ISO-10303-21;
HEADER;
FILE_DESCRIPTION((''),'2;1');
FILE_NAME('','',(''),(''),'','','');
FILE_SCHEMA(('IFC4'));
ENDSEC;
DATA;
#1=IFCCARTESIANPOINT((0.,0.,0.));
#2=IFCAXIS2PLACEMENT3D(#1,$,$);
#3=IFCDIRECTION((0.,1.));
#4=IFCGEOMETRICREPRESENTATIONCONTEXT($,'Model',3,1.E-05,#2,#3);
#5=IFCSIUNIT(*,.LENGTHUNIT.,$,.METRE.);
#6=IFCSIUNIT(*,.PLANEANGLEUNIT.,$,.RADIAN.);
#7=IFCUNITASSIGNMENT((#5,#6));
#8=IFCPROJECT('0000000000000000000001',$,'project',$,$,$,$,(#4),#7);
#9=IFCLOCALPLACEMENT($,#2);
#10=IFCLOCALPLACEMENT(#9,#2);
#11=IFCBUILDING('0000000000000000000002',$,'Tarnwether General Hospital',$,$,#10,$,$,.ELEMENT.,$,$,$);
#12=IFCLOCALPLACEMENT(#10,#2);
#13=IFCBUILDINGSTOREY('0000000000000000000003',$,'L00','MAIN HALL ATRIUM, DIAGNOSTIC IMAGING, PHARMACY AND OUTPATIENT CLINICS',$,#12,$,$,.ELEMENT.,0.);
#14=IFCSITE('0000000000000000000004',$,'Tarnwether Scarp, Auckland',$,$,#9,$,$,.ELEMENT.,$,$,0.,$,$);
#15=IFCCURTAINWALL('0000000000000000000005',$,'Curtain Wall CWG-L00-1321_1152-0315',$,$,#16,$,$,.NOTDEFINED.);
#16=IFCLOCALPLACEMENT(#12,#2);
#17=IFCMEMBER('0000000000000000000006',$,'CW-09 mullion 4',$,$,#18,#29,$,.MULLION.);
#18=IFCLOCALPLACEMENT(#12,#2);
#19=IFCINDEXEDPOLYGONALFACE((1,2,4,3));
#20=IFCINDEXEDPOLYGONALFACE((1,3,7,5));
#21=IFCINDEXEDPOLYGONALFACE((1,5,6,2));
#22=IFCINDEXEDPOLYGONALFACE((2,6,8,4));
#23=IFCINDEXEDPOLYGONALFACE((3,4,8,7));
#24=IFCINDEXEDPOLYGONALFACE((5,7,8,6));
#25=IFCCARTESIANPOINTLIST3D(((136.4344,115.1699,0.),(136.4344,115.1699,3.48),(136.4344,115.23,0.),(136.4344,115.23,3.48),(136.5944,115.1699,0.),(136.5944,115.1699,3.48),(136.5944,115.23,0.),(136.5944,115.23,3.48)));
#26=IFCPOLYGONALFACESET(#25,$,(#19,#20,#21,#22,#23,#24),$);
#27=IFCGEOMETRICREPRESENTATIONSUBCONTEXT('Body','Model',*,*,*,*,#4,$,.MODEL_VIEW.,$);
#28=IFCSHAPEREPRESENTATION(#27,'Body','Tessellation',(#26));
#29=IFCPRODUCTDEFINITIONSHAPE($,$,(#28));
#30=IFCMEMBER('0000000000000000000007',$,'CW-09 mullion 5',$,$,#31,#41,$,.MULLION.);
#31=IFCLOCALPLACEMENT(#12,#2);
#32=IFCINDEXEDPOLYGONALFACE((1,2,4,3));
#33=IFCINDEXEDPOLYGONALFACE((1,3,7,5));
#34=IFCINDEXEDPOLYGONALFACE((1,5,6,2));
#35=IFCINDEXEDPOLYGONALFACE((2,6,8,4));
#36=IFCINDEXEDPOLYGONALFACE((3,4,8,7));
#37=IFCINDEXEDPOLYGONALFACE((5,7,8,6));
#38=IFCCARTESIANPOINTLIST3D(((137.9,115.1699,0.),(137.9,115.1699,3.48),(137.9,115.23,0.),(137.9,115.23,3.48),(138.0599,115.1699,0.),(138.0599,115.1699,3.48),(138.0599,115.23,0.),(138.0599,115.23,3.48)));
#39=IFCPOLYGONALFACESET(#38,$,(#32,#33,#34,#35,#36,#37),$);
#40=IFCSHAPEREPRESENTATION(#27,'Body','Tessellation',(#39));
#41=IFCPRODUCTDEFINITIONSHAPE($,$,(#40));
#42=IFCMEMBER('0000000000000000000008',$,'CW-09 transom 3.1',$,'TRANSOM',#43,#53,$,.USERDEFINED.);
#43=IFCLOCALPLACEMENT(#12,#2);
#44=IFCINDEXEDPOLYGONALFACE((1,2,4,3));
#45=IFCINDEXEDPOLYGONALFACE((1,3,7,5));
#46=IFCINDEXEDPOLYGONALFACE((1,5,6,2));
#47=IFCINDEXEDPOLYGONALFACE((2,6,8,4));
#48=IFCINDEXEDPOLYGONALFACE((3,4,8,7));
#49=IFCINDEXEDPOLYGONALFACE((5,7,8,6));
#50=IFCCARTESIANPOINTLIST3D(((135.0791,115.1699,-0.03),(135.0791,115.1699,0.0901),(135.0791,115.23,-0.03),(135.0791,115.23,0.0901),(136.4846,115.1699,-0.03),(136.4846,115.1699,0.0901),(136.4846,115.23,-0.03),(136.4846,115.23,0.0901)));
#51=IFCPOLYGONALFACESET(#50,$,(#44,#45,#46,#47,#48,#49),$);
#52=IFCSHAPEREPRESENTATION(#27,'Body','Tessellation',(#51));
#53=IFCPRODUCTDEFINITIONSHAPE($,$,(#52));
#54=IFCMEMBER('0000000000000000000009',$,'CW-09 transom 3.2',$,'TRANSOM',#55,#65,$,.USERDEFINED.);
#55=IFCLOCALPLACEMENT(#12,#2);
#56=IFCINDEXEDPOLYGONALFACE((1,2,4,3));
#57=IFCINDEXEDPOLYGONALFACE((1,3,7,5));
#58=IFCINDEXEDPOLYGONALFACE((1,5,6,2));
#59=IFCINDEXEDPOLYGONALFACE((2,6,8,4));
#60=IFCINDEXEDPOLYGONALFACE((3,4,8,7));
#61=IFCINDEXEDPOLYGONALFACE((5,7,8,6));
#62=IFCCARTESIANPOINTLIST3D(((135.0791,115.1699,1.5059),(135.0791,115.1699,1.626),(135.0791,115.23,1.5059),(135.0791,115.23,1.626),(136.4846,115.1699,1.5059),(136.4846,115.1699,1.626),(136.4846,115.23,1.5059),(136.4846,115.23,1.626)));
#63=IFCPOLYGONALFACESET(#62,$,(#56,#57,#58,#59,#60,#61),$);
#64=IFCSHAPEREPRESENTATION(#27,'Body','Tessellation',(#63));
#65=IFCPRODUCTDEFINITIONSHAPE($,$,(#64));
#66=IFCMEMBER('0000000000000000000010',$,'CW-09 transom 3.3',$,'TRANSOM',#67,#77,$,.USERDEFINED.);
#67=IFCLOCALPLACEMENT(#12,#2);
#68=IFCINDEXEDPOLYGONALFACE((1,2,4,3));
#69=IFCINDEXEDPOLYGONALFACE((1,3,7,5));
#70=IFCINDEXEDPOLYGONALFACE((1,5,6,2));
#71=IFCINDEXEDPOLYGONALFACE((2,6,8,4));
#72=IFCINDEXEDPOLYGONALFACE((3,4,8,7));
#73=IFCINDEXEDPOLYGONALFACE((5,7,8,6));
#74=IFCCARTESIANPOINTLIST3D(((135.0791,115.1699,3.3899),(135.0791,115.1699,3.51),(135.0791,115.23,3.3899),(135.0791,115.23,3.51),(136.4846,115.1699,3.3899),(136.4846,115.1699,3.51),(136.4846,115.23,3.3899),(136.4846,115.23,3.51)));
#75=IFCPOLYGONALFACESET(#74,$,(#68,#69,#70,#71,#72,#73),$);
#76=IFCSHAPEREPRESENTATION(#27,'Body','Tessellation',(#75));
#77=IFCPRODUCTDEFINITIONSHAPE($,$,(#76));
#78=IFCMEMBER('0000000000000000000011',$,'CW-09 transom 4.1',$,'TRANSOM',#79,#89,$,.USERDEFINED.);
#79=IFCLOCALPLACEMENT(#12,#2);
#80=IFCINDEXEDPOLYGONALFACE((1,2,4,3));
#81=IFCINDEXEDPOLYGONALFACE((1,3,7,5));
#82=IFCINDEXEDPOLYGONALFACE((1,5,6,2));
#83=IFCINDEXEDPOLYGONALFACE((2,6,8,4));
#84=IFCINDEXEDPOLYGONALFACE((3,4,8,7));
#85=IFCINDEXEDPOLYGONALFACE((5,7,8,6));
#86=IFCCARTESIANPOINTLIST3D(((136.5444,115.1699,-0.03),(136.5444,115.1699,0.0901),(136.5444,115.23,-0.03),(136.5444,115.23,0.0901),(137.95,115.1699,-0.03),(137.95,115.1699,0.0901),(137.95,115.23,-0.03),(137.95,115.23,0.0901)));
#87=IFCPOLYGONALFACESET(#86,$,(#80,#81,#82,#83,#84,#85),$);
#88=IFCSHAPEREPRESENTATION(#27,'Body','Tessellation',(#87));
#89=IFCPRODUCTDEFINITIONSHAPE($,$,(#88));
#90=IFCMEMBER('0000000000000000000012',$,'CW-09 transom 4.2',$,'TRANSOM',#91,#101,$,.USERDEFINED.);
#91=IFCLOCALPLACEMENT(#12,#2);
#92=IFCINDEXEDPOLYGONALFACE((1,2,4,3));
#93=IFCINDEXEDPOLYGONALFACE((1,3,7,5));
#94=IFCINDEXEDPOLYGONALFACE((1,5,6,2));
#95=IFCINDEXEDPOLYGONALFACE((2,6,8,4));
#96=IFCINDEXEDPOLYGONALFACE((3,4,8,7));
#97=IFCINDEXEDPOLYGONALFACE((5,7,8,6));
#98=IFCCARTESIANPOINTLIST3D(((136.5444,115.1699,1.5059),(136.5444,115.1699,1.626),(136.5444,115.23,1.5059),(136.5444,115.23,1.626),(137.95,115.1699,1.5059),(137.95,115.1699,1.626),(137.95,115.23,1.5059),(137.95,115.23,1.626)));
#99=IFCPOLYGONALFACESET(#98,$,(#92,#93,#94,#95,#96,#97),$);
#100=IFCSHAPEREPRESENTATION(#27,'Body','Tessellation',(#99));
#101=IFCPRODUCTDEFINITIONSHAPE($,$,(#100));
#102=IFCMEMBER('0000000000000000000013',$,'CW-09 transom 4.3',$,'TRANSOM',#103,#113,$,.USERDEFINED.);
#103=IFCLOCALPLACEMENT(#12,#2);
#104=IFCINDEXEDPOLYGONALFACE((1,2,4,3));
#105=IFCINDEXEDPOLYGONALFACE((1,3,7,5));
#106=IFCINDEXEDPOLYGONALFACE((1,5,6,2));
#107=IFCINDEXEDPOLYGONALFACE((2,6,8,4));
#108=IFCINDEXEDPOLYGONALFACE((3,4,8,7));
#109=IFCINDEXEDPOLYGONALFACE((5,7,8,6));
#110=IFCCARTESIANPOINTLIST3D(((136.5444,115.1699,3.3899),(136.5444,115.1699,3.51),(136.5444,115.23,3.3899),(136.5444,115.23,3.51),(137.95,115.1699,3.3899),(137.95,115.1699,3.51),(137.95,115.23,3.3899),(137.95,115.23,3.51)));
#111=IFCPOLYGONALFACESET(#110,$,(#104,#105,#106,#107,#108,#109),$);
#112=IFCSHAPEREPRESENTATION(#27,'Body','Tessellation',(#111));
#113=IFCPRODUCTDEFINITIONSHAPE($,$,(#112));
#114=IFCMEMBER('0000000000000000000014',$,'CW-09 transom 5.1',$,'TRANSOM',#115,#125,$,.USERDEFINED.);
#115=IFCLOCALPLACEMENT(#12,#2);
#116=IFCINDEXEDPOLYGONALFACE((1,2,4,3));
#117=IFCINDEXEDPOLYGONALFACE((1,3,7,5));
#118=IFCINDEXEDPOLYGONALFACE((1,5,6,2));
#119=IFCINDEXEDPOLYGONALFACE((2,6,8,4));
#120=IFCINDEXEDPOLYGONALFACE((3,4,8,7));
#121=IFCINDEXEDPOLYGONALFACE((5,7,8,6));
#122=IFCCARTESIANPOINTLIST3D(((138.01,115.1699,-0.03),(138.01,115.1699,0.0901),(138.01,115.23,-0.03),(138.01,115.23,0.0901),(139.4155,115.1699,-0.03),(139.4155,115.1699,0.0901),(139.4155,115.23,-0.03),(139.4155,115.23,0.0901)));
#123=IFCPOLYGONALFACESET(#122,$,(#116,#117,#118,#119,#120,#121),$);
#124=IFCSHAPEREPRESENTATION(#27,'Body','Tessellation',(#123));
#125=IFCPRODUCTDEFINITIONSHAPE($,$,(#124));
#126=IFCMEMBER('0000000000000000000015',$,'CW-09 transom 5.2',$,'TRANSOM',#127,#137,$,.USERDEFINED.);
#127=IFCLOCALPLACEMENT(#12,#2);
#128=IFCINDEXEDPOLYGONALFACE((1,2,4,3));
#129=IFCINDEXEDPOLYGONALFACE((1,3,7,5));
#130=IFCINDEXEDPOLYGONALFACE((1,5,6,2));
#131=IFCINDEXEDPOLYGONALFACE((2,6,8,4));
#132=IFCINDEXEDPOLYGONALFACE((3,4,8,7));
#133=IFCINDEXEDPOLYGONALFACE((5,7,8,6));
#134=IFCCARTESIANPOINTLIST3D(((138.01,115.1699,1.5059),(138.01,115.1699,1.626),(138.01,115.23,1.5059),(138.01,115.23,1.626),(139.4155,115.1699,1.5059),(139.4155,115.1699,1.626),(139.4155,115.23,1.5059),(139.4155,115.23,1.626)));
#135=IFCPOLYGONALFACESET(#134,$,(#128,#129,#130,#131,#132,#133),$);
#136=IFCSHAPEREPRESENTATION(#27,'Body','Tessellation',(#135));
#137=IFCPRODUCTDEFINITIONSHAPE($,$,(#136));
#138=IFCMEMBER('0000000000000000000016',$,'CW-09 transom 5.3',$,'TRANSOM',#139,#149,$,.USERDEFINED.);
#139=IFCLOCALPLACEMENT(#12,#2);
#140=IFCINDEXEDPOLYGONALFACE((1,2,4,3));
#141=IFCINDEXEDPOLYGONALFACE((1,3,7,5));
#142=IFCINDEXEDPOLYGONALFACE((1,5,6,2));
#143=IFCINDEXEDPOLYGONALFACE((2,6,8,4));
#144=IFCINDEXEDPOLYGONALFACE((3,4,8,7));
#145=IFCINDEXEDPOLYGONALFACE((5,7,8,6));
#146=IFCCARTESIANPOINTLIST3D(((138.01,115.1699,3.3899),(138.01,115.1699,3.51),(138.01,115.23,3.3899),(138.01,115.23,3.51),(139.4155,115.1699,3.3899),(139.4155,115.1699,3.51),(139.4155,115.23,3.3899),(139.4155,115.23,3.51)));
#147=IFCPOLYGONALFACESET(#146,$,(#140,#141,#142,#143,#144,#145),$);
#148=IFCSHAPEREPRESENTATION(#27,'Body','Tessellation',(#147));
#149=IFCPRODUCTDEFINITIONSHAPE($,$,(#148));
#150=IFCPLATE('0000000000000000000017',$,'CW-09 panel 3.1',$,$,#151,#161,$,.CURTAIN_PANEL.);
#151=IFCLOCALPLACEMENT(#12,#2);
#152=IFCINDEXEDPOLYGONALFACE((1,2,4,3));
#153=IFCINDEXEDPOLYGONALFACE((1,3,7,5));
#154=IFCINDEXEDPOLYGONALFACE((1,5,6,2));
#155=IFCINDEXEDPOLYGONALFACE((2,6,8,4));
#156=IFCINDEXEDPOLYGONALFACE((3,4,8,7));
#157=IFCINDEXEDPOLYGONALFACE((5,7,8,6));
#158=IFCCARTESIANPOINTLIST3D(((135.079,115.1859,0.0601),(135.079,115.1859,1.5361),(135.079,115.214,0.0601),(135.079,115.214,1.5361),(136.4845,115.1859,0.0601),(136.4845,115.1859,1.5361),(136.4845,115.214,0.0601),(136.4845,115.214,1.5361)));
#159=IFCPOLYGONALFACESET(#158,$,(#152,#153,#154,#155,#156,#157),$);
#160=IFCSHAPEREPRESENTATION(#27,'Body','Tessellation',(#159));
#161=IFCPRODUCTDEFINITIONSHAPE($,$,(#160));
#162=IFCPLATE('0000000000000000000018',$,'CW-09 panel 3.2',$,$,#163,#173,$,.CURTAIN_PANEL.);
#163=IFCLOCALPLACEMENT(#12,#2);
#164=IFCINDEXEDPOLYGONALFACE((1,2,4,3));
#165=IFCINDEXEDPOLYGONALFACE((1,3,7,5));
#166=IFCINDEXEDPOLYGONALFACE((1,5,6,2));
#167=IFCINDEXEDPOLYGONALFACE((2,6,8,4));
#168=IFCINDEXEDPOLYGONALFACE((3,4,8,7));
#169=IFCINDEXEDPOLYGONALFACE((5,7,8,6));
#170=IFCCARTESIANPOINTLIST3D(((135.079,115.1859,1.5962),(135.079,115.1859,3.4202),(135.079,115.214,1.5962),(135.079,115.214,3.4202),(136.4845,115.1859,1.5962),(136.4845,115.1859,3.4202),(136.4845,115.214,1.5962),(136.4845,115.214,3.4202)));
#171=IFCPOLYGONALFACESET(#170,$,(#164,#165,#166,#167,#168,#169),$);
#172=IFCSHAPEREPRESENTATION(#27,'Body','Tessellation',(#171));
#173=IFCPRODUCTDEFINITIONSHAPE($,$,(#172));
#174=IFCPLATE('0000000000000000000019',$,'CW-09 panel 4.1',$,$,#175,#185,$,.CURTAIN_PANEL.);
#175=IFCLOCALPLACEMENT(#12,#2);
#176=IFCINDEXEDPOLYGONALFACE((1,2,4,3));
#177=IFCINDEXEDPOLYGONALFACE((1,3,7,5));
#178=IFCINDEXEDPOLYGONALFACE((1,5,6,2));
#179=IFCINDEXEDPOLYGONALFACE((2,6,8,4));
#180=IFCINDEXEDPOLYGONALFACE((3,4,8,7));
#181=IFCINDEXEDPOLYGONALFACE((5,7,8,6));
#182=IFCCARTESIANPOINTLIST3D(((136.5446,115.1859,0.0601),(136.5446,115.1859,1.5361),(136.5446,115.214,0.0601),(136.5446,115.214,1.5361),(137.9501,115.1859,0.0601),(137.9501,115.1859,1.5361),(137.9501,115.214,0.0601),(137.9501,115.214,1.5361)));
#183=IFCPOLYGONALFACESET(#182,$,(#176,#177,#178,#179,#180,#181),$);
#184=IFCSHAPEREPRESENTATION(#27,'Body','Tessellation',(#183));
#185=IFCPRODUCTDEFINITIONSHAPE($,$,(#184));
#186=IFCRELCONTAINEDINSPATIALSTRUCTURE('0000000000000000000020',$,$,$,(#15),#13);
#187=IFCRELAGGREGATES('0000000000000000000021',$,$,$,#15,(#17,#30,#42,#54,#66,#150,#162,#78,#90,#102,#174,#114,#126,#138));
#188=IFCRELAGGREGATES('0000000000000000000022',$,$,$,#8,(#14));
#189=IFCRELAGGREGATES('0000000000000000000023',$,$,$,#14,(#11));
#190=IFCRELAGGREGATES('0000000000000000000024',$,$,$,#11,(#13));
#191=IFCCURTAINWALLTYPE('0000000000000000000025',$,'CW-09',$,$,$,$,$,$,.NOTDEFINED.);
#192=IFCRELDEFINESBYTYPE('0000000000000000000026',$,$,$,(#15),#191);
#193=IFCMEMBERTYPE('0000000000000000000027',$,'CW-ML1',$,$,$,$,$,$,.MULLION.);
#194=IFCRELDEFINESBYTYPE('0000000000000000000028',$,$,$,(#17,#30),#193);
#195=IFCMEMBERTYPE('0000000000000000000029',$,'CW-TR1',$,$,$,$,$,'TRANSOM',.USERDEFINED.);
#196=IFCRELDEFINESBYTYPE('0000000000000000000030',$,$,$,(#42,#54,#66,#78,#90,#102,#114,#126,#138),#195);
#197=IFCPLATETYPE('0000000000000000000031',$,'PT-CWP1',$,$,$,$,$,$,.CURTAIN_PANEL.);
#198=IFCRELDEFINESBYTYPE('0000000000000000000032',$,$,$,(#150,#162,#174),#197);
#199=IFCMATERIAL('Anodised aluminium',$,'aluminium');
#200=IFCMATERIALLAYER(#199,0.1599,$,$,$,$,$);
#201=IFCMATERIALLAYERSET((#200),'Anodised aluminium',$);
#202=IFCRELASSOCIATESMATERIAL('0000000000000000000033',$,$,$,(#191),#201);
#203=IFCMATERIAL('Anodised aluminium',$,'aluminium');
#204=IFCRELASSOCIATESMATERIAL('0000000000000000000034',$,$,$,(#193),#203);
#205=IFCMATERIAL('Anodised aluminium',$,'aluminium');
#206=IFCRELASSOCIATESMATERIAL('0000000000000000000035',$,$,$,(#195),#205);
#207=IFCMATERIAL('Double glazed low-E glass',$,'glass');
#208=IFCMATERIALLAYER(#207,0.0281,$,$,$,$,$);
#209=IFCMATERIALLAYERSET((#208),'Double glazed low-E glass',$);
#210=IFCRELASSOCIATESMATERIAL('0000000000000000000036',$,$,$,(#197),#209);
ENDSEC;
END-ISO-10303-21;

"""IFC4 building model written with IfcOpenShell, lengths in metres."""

from ifc_helpers import new_model, si_unit, direction, frame, origin, origin_2d, place, context, subcontext, project, spatial, rectangle, extrude, material, layer, layer_set, material_profile, profile_set, type_object, element, aggregate, save


model = new_model("IFC4")

# Units and contexts
model_context = context("Model", 3, precision=1e-05, world=origin(), true_north=direction((0.0, 1.0)))
body_context = subcontext(model_context, "Body", "Model", "MODEL_VIEW")
ifc_project = project(units=[si_unit("LENGTHUNIT", "METRE"), si_unit("PLANEANGLEUNIT", "RADIAN")], contexts=[model_context])

# Site, building, storey
site_placement = place(None, origin())
site = spatial("IfcSite", under=ifc_project, at=site_placement, Name="Tarnwether Scarp, Auckland", CompositionType="ELEMENT", RefElevation=0.0)
building_placement = place(site_placement, origin())
building = spatial("IfcBuilding", under=site, at=building_placement, Name="Tarnwether General Hospital", CompositionType="ELEMENT")
storey_placement = place(building_placement, origin())
storey = spatial("IfcBuildingStorey", under=building, at=storey_placement, Name="L00", Description="MAIN HALL ATRIUM, DIAGNOSTIC IMAGING, PHARMACY AND OUTPATIENT CLINICS", CompositionType="ELEMENT", Elevation=0.0)

# Curtain wall, members, plates
ifc_material_1 = material(Name="Anodised aluminium", Category="aluminium")
ifc_layer_1 = layer(ifc_material_1, 0.1599)
ifc_layer_set_1 = layer_set([ifc_layer_1], Name="Anodised aluminium")
curtain_wall_type = type_object("IfcCurtainWallType", Name="CW-09", PredefinedType="NOTDEFINED", material=ifc_layer_set_1)
curtain_wall_placement = place(storey_placement, origin())
curtain_wall = element("IfcCurtainWall", 1, at=curtain_wall_placement, inside=storey, type_object=curtain_wall_type, Name="Curtain Wall CWG-L00-1321_1152-0315", PredefinedType="NOTDEFINED")
ifc_material_2 = material(Name="Anodised aluminium", Category="aluminium")
ifc_material_profile_1 = material_profile(ifc_material_2, rectangle(XDim=0.0601, YDim=0.1599, at=origin_2d()), Name="ALU-MUL-60x160")
ifc_profile_set_1 = profile_set([ifc_material_profile_1], Name="Anodised aluminium")
member_type_1 = type_object("IfcMemberType", Name="CW-ML1", PredefinedType="MULLION", material=ifc_profile_set_1)
member_1_placement = place(storey_placement, frame((136.5144, 115.2, 0.0), z_axis=(0.0, 0.0, 1.0), x_axis=(0.0, 1.0, 0.0)))
member_1 = element("IfcMember", 2, at=member_1_placement, type_object=member_type_1, Name="CW-09 mullion 4", PredefinedType="MULLION", context=body_context, shape_type="SweptSolid", body=[
    extrude(rectangle(XDim=0.0601, YDim=0.1599, at=origin_2d()), origin(), (0.0, 0.0, 1.0), 3.48),
])
member_2_placement = place(storey_placement, frame((137.98, 115.2, 0.0), z_axis=(0.0, 0.0, 1.0), x_axis=(0.0, 1.0, 0.0)))
member_2 = element("IfcMember", 3, at=member_2_placement, type_object=member_type_1, Name="CW-09 mullion 5", PredefinedType="MULLION", context=body_context, shape_type="SweptSolid", body=[
    extrude(rectangle(XDim=0.0601, YDim=0.1599, at=origin_2d()), origin(), (0.0, 0.0, 1.0), 3.48),
])
ifc_material_3 = material(Name="Anodised aluminium", Category="aluminium")
ifc_material_profile_2 = material_profile(ifc_material_3, rectangle(XDim=0.0601, YDim=0.1201, at=origin_2d()), Name="ALU-TRN-60x120")
ifc_profile_set_2 = profile_set([ifc_material_profile_2], Name="Anodised aluminium")
member_type_2 = type_object("IfcMemberType", Name="CW-TR1", ElementType="TRANSOM", PredefinedType="USERDEFINED", material=ifc_profile_set_2)
member_3_placement = place(storey_placement, frame((135.0791, 115.2, 0.03), z_axis=(1.0, 0.0, 0.0), x_axis=(0.0, 1.0, 0.0)))
member_3 = element("IfcMember", 4, at=member_3_placement, type_object=member_type_2, Name="CW-09 transom 3.1", ObjectType="TRANSOM", PredefinedType="USERDEFINED", context=body_context, shape_type="SweptSolid", body=[
    extrude(rectangle(XDim=0.0601, YDim=0.1201, at=origin_2d()), origin(), (0.0, 0.0, 1.0), 1.4055),
])
member_4_placement = place(storey_placement, frame((135.0791, 115.2, 1.5659), z_axis=(1.0, 0.0, 0.0), x_axis=(0.0, 1.0, 0.0)))
member_4 = element("IfcMember", 5, at=member_4_placement, type_object=member_type_2, Name="CW-09 transom 3.2", ObjectType="TRANSOM", PredefinedType="USERDEFINED", context=body_context, shape_type="SweptSolid", body=[
    extrude(rectangle(XDim=0.0601, YDim=0.1201, at=origin_2d()), origin(), (0.0, 0.0, 1.0), 1.4055),
])
member_5_placement = place(storey_placement, frame((135.0791, 115.2, 3.45), z_axis=(1.0, 0.0, 0.0), x_axis=(0.0, 1.0, 0.0)))
member_5 = element("IfcMember", 6, at=member_5_placement, type_object=member_type_2, Name="CW-09 transom 3.3", ObjectType="TRANSOM", PredefinedType="USERDEFINED", context=body_context, shape_type="SweptSolid", body=[
    extrude(rectangle(XDim=0.0601, YDim=0.1201, at=origin_2d()), origin(), (0.0, 0.0, 1.0), 1.4055),
])
member_6_placement = place(storey_placement, frame((136.5444, 115.2, 0.03), z_axis=(1.0, 0.0, 0.0), x_axis=(0.0, 1.0, 0.0)))
member_6 = element("IfcMember", 7, at=member_6_placement, type_object=member_type_2, Name="CW-09 transom 4.1", ObjectType="TRANSOM", PredefinedType="USERDEFINED", context=body_context, shape_type="SweptSolid", body=[
    extrude(rectangle(XDim=0.0601, YDim=0.1201, at=origin_2d()), origin(), (0.0, 0.0, 1.0), 1.4055),
])
member_7_placement = place(storey_placement, frame((136.5444, 115.2, 1.5659), z_axis=(1.0, 0.0, 0.0), x_axis=(0.0, 1.0, 0.0)))
member_7 = element("IfcMember", 8, at=member_7_placement, type_object=member_type_2, Name="CW-09 transom 4.2", ObjectType="TRANSOM", PredefinedType="USERDEFINED", context=body_context, shape_type="SweptSolid", body=[
    extrude(rectangle(XDim=0.0601, YDim=0.1201, at=origin_2d()), origin(), (0.0, 0.0, 1.0), 1.4055),
])
member_8_placement = place(storey_placement, frame((136.5444, 115.2, 3.45), z_axis=(1.0, 0.0, 0.0), x_axis=(0.0, 1.0, 0.0)))
member_8 = element("IfcMember", 9, at=member_8_placement, type_object=member_type_2, Name="CW-09 transom 4.3", ObjectType="TRANSOM", PredefinedType="USERDEFINED", context=body_context, shape_type="SweptSolid", body=[
    extrude(rectangle(XDim=0.0601, YDim=0.1201, at=origin_2d()), origin(), (0.0, 0.0, 1.0), 1.4055),
])
member_9_placement = place(storey_placement, frame((138.01, 115.2, 0.03), z_axis=(1.0, 0.0, 0.0), x_axis=(0.0, 1.0, 0.0)))
member_9 = element("IfcMember", 10, at=member_9_placement, type_object=member_type_2, Name="CW-09 transom 5.1", ObjectType="TRANSOM", PredefinedType="USERDEFINED", context=body_context, shape_type="SweptSolid", body=[
    extrude(rectangle(XDim=0.0601, YDim=0.1201, at=origin_2d()), origin(), (0.0, 0.0, 1.0), 1.4055),
])
member_10_placement = place(storey_placement, frame((138.01, 115.2, 1.5659), z_axis=(1.0, 0.0, 0.0), x_axis=(0.0, 1.0, 0.0)))
member_10 = element("IfcMember", 11, at=member_10_placement, type_object=member_type_2, Name="CW-09 transom 5.2", ObjectType="TRANSOM", PredefinedType="USERDEFINED", context=body_context, shape_type="SweptSolid", body=[
    extrude(rectangle(XDim=0.0601, YDim=0.1201, at=origin_2d()), origin(), (0.0, 0.0, 1.0), 1.4055),
])
member_11_placement = place(storey_placement, frame((138.01, 115.2, 3.45), z_axis=(1.0, 0.0, 0.0), x_axis=(0.0, 1.0, 0.0)))
member_11 = element("IfcMember", 12, at=member_11_placement, type_object=member_type_2, Name="CW-09 transom 5.3", ObjectType="TRANSOM", PredefinedType="USERDEFINED", context=body_context, shape_type="SweptSolid", body=[
    extrude(rectangle(XDim=0.0601, YDim=0.1201, at=origin_2d()), origin(), (0.0, 0.0, 1.0), 1.4055),
])
ifc_material_4 = material(Name="Double glazed low-E glass", Category="glass")
ifc_layer_2 = layer(ifc_material_4, 0.0281)
ifc_layer_set_2 = layer_set([ifc_layer_2], Name="Double glazed low-E glass")
plate_type_1 = type_object("IfcPlateType", Name="PT-CWP1", PredefinedType="CURTAIN_PANEL", material=ifc_layer_set_2)
plate_1_placement = place(storey_placement, frame((135.7817, 115.2, 0.0601), z_axis=(0.0, 0.0, 1.0), x_axis=(1.0, 0.0, 0.0)))
plate_1 = element("IfcPlate", 13, at=plate_1_placement, type_object=plate_type_1, Name="CW-09 panel 3.1", PredefinedType="CURTAIN_PANEL", context=body_context, shape_type="SweptSolid", body=[
    extrude(rectangle(XDim=1.4055, YDim=0.0281, at=origin_2d()), origin(), (0.0, 0.0, 1.0), 1.4761),
])
plate_2_placement = place(storey_placement, frame((135.7817, 115.2, 1.5962), z_axis=(0.0, 0.0, 1.0), x_axis=(1.0, 0.0, 0.0)))
plate_2 = element("IfcPlate", 14, at=plate_2_placement, type_object=plate_type_1, Name="CW-09 panel 3.2", PredefinedType="CURTAIN_PANEL", context=body_context, shape_type="SweptSolid", body=[
    extrude(rectangle(XDim=1.4055, YDim=0.0281, at=origin_2d()), origin(), (0.0, 0.0, 1.0), 1.824),
])
plate_3_placement = place(storey_placement, frame((137.2473, 115.2, 0.0601), z_axis=(0.0, 0.0, 1.0), x_axis=(1.0, 0.0, 0.0)))
plate_3 = element("IfcPlate", 15, at=plate_3_placement, type_object=plate_type_1, Name="CW-09 panel 4.1", PredefinedType="CURTAIN_PANEL", context=body_context, shape_type="SweptSolid", body=[
    extrude(rectangle(XDim=1.4055, YDim=0.0281, at=origin_2d()), origin(), (0.0, 0.0, 1.0), 1.4761),
])
aggregate(curtain_wall, [member_1, member_2, member_3, member_4, member_5, plate_1, plate_2, member_6, member_7, member_8, plate_3, member_9, member_10, member_11])

save(model, "model.ifc")
